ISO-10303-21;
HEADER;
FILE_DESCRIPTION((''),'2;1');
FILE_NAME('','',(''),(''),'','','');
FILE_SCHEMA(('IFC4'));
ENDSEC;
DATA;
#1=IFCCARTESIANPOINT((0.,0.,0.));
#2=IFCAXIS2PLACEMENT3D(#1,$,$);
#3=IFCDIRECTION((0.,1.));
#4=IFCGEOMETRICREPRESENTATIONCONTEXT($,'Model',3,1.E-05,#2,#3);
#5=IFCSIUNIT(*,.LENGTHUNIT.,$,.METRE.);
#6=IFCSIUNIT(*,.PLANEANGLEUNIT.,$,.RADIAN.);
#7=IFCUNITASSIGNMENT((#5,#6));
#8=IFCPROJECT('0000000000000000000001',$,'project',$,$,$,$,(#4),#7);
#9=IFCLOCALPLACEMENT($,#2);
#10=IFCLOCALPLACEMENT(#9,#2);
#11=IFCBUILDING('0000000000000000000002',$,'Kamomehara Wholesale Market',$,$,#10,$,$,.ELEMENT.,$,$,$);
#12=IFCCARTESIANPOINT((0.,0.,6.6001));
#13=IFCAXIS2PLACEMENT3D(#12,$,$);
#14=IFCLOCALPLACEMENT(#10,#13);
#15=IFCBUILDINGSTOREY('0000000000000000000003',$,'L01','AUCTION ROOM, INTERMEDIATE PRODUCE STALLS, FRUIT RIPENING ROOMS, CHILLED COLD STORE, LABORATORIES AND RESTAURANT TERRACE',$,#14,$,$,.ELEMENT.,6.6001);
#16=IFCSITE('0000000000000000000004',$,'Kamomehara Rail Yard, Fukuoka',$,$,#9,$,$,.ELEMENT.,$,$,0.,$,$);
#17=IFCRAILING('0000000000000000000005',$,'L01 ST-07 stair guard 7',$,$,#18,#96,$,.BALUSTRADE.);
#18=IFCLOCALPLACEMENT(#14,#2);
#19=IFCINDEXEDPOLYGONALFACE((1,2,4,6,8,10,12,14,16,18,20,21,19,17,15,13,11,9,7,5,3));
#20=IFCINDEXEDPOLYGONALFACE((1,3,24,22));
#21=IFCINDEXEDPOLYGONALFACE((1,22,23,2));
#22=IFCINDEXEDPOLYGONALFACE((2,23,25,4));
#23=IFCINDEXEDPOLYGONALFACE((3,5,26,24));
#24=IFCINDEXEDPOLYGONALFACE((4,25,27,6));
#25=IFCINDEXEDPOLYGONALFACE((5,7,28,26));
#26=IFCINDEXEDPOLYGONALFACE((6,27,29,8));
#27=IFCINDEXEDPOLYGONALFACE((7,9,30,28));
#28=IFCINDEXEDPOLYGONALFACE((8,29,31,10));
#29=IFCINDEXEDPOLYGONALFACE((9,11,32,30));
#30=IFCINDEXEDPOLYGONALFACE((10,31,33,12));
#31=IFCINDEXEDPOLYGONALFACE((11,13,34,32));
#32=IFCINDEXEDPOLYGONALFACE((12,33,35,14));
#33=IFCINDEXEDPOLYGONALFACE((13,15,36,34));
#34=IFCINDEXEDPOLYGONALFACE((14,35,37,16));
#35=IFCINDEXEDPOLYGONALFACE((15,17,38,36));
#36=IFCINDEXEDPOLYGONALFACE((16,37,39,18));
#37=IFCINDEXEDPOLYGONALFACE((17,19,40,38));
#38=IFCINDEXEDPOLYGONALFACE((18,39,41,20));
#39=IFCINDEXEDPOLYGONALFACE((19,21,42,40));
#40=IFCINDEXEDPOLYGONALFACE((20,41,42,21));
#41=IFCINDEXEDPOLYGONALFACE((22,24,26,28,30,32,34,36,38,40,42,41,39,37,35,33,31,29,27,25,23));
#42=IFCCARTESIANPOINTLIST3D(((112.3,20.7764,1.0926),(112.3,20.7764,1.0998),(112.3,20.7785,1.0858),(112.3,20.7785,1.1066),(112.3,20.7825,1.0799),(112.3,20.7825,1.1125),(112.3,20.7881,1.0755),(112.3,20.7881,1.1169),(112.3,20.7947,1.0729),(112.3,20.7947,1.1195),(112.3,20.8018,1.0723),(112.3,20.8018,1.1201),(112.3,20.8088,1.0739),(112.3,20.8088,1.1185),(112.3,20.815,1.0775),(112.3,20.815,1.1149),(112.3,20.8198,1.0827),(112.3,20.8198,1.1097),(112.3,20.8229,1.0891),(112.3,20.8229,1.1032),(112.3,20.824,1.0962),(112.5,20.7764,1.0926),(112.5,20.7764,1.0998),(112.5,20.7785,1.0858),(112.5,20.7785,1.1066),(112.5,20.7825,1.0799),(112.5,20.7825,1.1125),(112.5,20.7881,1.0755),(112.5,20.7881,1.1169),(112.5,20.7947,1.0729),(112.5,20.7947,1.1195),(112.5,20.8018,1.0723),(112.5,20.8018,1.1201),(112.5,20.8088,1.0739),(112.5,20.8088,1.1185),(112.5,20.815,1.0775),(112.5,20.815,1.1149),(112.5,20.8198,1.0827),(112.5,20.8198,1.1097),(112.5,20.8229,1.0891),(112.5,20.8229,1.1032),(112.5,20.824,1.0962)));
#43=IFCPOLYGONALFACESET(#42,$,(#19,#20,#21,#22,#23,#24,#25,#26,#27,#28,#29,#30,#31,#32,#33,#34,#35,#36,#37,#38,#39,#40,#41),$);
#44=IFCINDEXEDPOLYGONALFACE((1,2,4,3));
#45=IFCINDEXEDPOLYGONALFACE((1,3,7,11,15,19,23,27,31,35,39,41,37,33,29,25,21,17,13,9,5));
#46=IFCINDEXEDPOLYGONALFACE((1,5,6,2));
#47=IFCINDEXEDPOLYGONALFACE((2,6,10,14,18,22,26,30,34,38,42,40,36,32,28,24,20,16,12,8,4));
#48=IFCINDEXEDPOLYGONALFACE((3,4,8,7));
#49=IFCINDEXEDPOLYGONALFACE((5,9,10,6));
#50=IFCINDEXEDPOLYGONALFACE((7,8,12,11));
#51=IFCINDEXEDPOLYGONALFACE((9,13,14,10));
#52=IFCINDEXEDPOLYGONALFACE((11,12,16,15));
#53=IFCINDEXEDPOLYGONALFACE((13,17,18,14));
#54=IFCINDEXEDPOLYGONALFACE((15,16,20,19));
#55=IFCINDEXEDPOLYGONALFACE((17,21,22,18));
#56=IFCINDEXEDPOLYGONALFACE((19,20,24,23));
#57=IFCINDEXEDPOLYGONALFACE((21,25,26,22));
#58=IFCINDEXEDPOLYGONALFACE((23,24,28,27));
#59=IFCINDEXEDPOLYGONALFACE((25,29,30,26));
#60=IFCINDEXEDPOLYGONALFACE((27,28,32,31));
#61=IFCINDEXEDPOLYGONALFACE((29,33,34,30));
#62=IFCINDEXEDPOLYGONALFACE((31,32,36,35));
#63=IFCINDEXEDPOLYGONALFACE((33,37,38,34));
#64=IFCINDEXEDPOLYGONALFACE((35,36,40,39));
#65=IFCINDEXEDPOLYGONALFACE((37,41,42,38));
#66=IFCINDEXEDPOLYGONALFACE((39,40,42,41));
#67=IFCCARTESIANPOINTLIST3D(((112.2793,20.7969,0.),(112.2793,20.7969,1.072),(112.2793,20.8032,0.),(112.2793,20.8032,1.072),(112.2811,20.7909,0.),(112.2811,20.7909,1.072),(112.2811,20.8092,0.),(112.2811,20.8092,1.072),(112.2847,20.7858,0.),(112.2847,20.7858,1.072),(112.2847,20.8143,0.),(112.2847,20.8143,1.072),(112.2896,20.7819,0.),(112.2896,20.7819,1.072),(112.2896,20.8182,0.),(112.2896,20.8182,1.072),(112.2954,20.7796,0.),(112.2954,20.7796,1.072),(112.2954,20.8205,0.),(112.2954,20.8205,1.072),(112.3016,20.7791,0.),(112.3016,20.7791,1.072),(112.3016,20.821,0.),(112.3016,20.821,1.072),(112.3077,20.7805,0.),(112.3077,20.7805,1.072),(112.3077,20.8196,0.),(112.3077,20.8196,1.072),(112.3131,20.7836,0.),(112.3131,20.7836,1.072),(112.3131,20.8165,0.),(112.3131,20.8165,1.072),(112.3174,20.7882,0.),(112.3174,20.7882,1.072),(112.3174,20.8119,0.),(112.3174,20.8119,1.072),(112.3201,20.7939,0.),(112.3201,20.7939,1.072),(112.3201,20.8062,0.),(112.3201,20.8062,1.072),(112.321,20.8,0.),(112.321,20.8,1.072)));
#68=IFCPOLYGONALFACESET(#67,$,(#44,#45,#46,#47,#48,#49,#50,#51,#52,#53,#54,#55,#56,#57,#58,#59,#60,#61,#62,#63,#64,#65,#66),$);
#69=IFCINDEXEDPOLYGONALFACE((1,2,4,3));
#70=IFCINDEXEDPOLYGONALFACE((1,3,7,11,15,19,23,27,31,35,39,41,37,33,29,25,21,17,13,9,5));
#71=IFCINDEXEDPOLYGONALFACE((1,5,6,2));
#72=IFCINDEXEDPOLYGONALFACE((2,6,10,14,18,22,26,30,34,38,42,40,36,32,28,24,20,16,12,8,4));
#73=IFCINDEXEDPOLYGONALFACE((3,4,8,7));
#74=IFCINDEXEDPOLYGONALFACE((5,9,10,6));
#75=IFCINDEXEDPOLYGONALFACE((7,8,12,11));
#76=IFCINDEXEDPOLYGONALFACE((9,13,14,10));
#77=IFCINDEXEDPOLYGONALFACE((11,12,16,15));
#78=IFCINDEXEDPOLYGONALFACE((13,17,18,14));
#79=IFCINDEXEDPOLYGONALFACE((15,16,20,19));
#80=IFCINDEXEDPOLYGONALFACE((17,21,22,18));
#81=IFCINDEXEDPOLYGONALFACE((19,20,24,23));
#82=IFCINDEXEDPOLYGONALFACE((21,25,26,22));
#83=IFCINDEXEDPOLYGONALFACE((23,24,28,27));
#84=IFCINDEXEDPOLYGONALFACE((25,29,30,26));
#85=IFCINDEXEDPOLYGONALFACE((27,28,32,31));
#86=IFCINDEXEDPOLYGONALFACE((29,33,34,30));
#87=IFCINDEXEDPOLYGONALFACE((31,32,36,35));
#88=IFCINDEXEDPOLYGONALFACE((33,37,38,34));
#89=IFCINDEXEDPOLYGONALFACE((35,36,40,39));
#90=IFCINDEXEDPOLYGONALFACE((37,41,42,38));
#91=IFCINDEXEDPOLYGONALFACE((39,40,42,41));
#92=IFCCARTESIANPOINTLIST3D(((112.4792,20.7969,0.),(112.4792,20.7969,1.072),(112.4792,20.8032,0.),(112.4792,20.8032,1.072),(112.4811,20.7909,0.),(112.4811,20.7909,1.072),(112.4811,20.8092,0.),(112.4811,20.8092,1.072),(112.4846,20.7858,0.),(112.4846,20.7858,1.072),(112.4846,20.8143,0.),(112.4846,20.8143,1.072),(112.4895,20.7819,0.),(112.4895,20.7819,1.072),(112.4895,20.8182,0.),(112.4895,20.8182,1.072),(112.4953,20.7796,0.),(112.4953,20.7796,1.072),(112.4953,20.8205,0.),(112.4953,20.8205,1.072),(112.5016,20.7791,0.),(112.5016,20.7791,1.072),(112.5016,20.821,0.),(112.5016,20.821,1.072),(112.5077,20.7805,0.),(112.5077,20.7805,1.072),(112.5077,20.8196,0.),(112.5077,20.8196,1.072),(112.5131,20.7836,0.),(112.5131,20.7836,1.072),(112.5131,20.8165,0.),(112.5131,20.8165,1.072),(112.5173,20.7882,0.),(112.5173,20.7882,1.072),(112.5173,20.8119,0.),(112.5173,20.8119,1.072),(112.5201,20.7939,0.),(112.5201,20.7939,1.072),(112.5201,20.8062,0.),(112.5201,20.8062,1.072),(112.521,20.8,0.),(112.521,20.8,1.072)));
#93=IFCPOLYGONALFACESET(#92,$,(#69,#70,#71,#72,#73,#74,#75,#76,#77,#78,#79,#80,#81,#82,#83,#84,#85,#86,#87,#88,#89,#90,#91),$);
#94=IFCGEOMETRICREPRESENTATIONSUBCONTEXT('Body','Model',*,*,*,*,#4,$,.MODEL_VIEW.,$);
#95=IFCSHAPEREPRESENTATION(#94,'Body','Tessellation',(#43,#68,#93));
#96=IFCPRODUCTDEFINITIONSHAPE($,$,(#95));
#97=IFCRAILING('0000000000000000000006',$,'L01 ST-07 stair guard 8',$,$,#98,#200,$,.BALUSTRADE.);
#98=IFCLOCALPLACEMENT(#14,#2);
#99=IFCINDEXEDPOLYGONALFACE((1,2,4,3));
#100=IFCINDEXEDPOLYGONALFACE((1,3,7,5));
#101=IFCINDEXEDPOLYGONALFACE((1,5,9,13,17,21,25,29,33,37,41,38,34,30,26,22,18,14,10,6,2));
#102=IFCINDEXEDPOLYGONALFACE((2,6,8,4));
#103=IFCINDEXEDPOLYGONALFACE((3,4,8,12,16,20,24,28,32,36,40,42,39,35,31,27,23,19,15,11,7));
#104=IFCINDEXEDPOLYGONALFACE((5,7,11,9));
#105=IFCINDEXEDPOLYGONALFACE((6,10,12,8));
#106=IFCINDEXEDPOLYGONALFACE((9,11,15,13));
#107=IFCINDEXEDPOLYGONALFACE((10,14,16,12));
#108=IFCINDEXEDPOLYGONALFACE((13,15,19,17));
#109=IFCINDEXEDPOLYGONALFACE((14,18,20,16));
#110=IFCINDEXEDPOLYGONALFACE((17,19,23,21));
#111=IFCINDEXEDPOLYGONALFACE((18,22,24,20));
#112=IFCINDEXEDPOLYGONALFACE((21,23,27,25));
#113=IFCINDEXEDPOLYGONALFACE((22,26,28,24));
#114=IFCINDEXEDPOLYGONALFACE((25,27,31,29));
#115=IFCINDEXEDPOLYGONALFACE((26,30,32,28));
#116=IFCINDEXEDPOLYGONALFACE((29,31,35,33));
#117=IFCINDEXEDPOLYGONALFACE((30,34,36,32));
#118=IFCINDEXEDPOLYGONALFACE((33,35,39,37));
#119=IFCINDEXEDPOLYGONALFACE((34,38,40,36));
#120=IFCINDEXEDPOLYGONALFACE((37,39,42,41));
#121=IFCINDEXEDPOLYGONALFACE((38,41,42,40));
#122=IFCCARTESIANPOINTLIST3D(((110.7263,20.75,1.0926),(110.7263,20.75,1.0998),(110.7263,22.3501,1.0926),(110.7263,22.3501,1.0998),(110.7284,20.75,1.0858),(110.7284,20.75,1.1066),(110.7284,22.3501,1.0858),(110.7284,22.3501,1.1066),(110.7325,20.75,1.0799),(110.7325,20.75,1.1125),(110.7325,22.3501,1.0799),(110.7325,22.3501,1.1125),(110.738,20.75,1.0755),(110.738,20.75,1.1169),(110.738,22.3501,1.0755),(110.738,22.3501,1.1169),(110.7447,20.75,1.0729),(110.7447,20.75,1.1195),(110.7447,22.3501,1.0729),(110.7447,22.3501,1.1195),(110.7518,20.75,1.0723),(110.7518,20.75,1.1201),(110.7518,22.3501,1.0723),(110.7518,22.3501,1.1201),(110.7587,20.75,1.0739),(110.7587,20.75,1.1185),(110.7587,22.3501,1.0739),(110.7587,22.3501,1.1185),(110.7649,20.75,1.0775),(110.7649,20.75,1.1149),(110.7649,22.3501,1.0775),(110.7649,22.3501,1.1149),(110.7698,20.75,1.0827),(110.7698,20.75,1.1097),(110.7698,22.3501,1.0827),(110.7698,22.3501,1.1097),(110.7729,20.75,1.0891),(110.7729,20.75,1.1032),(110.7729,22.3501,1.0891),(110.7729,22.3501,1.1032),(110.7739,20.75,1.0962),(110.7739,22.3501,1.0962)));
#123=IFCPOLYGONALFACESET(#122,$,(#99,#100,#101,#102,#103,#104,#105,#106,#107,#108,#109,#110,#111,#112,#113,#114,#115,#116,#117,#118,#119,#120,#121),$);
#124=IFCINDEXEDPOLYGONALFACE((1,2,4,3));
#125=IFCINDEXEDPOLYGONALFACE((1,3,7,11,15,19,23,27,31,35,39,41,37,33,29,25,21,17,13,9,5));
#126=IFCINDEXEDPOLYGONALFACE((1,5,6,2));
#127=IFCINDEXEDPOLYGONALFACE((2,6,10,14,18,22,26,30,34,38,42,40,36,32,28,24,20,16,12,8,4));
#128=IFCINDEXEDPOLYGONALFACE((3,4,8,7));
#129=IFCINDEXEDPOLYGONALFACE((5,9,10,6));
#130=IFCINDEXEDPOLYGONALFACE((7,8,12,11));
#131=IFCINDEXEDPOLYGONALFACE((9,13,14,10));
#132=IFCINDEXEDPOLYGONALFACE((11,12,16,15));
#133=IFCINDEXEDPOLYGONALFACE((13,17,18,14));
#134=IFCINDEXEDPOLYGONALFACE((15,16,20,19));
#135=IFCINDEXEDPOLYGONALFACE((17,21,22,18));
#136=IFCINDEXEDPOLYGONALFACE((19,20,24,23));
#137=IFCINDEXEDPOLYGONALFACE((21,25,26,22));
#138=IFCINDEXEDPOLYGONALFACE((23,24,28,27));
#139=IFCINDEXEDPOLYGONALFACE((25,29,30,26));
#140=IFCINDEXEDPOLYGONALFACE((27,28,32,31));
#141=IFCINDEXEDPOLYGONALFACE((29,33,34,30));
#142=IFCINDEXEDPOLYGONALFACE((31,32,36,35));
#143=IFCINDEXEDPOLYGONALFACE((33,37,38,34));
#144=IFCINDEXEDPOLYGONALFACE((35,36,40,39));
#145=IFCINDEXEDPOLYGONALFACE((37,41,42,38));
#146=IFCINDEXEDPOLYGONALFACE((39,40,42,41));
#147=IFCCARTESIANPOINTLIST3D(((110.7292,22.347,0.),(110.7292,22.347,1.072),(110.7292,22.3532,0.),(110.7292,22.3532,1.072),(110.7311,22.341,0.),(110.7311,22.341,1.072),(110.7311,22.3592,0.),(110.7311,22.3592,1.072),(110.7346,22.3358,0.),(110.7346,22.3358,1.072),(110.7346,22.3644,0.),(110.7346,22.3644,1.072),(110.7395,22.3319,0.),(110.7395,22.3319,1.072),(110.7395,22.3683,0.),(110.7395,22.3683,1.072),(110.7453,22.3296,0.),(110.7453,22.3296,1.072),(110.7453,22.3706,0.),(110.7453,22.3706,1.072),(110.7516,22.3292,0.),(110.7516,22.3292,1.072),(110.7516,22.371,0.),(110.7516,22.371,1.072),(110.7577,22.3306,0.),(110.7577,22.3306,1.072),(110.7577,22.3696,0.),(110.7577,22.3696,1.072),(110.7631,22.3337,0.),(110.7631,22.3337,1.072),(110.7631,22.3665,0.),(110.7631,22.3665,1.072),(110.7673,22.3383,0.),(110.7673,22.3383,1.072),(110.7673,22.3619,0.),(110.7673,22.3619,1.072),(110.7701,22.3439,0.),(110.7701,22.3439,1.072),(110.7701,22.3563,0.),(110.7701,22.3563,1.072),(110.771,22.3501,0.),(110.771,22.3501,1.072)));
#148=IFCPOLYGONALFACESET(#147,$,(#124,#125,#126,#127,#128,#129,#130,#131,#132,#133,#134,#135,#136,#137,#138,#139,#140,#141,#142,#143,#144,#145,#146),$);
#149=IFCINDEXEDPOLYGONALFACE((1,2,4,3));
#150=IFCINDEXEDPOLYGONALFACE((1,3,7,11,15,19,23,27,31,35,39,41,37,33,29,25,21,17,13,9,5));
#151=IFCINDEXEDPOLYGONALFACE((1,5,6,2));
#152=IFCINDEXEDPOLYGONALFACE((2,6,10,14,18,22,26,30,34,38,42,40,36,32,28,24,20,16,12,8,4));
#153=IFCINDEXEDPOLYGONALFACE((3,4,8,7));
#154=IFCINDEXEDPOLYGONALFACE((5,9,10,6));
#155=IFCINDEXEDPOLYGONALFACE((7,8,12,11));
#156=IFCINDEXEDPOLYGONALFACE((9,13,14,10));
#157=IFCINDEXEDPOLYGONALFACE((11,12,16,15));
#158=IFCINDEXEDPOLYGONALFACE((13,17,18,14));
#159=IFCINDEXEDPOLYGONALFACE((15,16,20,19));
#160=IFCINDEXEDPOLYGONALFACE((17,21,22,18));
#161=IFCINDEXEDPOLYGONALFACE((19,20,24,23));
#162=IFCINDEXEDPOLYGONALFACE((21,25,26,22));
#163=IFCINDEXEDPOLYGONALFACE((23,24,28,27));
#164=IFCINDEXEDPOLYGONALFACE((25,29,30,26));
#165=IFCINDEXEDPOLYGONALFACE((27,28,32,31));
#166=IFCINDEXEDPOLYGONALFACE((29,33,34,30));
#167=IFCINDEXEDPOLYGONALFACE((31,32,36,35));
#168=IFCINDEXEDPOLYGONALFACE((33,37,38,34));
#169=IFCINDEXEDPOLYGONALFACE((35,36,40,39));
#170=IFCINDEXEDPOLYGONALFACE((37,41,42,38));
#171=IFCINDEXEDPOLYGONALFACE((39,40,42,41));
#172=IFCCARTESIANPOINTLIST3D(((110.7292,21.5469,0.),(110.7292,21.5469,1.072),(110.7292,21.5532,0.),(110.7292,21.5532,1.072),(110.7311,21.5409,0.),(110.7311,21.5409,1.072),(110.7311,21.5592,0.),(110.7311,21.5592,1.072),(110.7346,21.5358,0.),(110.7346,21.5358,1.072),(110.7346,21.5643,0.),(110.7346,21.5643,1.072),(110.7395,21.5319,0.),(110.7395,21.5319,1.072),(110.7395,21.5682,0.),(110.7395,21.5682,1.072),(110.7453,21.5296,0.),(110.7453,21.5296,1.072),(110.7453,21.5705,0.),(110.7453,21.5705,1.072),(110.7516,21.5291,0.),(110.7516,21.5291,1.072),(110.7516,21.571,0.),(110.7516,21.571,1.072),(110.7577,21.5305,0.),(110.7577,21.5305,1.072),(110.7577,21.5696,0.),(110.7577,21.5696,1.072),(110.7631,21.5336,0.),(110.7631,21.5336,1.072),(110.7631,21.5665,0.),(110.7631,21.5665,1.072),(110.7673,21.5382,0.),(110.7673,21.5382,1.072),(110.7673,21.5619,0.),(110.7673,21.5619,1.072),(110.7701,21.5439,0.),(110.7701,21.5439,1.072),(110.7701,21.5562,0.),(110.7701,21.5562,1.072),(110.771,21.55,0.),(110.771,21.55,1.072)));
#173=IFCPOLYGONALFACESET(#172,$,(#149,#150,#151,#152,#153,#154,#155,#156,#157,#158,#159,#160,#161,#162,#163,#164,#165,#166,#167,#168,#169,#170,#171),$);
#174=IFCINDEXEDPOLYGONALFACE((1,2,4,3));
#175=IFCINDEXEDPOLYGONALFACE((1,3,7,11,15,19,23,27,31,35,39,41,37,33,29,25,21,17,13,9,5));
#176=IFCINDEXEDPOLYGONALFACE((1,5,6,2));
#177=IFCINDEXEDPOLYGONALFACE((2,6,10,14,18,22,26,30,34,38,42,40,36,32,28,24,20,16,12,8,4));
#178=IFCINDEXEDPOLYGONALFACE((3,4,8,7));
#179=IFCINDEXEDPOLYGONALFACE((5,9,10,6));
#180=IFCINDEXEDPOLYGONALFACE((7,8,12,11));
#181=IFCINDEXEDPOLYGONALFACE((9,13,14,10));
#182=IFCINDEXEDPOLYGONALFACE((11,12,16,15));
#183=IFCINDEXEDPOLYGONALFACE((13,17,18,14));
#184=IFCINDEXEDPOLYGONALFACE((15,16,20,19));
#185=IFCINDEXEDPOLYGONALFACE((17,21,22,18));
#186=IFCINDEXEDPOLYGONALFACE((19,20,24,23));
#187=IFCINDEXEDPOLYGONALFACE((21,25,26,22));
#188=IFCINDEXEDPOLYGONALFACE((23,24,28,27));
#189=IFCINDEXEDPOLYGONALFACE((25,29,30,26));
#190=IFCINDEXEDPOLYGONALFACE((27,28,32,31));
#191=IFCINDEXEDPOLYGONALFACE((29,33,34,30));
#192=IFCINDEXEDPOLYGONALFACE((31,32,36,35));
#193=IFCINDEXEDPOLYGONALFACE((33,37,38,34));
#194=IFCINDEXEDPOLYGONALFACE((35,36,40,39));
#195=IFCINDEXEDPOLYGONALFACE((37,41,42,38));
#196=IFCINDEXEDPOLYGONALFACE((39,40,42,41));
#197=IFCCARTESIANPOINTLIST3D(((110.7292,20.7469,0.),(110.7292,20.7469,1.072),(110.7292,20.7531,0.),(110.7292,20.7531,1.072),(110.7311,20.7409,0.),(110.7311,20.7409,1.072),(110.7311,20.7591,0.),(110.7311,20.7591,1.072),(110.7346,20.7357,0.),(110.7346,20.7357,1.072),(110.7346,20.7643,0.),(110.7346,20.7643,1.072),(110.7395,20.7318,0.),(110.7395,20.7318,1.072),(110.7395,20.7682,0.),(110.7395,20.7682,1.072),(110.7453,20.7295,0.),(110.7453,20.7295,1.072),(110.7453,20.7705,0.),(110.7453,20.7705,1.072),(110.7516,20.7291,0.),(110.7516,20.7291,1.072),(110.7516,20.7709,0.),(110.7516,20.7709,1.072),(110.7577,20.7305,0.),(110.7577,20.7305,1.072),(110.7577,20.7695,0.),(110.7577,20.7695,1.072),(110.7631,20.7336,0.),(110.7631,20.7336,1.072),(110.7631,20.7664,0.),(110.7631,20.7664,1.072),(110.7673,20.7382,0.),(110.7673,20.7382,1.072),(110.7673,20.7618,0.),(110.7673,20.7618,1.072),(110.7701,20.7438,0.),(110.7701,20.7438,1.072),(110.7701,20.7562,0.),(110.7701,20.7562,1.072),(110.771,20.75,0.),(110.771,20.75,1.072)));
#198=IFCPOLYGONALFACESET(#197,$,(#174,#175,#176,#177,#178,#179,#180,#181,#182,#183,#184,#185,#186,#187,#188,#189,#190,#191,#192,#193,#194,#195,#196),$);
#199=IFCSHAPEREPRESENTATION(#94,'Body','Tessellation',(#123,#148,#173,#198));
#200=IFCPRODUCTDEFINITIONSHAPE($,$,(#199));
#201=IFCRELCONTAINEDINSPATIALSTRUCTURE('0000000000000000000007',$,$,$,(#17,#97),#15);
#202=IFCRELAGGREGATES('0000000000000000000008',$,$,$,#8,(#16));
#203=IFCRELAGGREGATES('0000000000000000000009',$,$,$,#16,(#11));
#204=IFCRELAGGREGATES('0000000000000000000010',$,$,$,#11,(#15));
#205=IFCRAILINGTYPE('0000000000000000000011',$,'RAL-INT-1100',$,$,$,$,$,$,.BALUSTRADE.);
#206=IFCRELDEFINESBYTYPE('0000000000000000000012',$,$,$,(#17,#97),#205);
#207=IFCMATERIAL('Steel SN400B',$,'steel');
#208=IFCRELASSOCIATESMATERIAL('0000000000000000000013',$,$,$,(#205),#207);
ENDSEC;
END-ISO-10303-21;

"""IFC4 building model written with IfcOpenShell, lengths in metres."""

from ifc_helpers import new_model, si_unit, direction, frame, origin, origin_2d, place, context, subcontext, project, spatial, circle, extrude, material, type_object, element, save


model = new_model("IFC4")

# Units and contexts
model_context = context("Model", 3, precision=1e-05, world=origin(), true_north=direction((0.0, 1.0)))
body_context = subcontext(model_context, "Body", "Model", "MODEL_VIEW")
ifc_project = project(units=[si_unit("LENGTHUNIT", "METRE"), si_unit("PLANEANGLEUNIT", "RADIAN")], contexts=[model_context])

# Site, building, storey
site_placement = place(None, origin())
site = spatial("IfcSite", under=ifc_project, at=site_placement, Name="Kamomehara Rail Yard, Fukuoka", CompositionType="ELEMENT", RefElevation=0.0)
building_placement = place(site_placement, origin())
building = spatial("IfcBuilding", under=site, at=building_placement, Name="Kamomehara Wholesale Market", CompositionType="ELEMENT")
storey_placement = place(building_placement, frame((0.0, 0.0, 6.6001)))
storey = spatial("IfcBuildingStorey", under=building, at=storey_placement, Name="L01", Description="AUCTION ROOM, INTERMEDIATE PRODUCE STALLS, FRUIT RIPENING ROOMS, CHILLED COLD STORE, LABORATORIES AND RESTAURANT TERRACE", CompositionType="ELEMENT", Elevation=6.6001)

# Railings
ifc_material_1 = material(Name="Steel SN400B", Category="steel")
railing_type_1 = type_object("IfcRailingType", Name="RAL-INT-1100", PredefinedType="BALUSTRADE", material=ifc_material_1)
railing_1_placement = place(storey_placement, frame((112.3, 20.8, 0.0)))
element("IfcRailing", 1, at=railing_1_placement, inside=storey, type_object=railing_type_1, Name="L01 ST-07 stair guard 7", PredefinedType="BALUSTRADE", context=body_context, shape_type="SweptSolid", body=[
    extrude(circle(Radius=0.0239, at=origin_2d()), frame((0.0, 0.0, 1.0962), z_axis=(1.0, 0.0, 0.0), x_axis=(0.0, 1.0, 0.0)), (0.0, 0.0, 1.0), 0.2),
    extrude(circle(Radius=0.021, at=origin_2d()), origin(), (0.0, 0.0, 1.0), 1.072),
    extrude(circle(Radius=0.021, at=origin_2d()), frame((0.2, 0.0, 0.0)), (0.0, 0.0, 1.0), 1.072),
])
railing_2_placement = place(storey_placement, frame((110.75, 22.3501, 0.0)))
element("IfcRailing", 2, at=railing_2_placement, inside=storey, type_object=railing_type_1, Name="L01 ST-07 stair guard 8", PredefinedType="BALUSTRADE", context=body_context, shape_type="SweptSolid", body=[
    extrude(circle(Radius=0.0239, at=origin_2d()), frame((0.0, 0.0, 1.0962), z_axis=(0.0, -1.0, 0.0), x_axis=(1.0, 0.0, 0.0)), (0.0, 0.0, 1.0), 1.6001),
    extrude(circle(Radius=0.021, at=origin_2d()), origin(), (0.0, 0.0, 1.0), 1.072),
    extrude(circle(Radius=0.021, at=origin_2d()), frame((0.0, -0.8, 0.0)), (0.0, 0.0, 1.0), 1.072),
    extrude(circle(Radius=0.021, at=origin_2d()), frame((0.0, -1.6001, 0.0)), (0.0, 0.0, 1.0), 1.072),
])

save(model, "model.ifc")
